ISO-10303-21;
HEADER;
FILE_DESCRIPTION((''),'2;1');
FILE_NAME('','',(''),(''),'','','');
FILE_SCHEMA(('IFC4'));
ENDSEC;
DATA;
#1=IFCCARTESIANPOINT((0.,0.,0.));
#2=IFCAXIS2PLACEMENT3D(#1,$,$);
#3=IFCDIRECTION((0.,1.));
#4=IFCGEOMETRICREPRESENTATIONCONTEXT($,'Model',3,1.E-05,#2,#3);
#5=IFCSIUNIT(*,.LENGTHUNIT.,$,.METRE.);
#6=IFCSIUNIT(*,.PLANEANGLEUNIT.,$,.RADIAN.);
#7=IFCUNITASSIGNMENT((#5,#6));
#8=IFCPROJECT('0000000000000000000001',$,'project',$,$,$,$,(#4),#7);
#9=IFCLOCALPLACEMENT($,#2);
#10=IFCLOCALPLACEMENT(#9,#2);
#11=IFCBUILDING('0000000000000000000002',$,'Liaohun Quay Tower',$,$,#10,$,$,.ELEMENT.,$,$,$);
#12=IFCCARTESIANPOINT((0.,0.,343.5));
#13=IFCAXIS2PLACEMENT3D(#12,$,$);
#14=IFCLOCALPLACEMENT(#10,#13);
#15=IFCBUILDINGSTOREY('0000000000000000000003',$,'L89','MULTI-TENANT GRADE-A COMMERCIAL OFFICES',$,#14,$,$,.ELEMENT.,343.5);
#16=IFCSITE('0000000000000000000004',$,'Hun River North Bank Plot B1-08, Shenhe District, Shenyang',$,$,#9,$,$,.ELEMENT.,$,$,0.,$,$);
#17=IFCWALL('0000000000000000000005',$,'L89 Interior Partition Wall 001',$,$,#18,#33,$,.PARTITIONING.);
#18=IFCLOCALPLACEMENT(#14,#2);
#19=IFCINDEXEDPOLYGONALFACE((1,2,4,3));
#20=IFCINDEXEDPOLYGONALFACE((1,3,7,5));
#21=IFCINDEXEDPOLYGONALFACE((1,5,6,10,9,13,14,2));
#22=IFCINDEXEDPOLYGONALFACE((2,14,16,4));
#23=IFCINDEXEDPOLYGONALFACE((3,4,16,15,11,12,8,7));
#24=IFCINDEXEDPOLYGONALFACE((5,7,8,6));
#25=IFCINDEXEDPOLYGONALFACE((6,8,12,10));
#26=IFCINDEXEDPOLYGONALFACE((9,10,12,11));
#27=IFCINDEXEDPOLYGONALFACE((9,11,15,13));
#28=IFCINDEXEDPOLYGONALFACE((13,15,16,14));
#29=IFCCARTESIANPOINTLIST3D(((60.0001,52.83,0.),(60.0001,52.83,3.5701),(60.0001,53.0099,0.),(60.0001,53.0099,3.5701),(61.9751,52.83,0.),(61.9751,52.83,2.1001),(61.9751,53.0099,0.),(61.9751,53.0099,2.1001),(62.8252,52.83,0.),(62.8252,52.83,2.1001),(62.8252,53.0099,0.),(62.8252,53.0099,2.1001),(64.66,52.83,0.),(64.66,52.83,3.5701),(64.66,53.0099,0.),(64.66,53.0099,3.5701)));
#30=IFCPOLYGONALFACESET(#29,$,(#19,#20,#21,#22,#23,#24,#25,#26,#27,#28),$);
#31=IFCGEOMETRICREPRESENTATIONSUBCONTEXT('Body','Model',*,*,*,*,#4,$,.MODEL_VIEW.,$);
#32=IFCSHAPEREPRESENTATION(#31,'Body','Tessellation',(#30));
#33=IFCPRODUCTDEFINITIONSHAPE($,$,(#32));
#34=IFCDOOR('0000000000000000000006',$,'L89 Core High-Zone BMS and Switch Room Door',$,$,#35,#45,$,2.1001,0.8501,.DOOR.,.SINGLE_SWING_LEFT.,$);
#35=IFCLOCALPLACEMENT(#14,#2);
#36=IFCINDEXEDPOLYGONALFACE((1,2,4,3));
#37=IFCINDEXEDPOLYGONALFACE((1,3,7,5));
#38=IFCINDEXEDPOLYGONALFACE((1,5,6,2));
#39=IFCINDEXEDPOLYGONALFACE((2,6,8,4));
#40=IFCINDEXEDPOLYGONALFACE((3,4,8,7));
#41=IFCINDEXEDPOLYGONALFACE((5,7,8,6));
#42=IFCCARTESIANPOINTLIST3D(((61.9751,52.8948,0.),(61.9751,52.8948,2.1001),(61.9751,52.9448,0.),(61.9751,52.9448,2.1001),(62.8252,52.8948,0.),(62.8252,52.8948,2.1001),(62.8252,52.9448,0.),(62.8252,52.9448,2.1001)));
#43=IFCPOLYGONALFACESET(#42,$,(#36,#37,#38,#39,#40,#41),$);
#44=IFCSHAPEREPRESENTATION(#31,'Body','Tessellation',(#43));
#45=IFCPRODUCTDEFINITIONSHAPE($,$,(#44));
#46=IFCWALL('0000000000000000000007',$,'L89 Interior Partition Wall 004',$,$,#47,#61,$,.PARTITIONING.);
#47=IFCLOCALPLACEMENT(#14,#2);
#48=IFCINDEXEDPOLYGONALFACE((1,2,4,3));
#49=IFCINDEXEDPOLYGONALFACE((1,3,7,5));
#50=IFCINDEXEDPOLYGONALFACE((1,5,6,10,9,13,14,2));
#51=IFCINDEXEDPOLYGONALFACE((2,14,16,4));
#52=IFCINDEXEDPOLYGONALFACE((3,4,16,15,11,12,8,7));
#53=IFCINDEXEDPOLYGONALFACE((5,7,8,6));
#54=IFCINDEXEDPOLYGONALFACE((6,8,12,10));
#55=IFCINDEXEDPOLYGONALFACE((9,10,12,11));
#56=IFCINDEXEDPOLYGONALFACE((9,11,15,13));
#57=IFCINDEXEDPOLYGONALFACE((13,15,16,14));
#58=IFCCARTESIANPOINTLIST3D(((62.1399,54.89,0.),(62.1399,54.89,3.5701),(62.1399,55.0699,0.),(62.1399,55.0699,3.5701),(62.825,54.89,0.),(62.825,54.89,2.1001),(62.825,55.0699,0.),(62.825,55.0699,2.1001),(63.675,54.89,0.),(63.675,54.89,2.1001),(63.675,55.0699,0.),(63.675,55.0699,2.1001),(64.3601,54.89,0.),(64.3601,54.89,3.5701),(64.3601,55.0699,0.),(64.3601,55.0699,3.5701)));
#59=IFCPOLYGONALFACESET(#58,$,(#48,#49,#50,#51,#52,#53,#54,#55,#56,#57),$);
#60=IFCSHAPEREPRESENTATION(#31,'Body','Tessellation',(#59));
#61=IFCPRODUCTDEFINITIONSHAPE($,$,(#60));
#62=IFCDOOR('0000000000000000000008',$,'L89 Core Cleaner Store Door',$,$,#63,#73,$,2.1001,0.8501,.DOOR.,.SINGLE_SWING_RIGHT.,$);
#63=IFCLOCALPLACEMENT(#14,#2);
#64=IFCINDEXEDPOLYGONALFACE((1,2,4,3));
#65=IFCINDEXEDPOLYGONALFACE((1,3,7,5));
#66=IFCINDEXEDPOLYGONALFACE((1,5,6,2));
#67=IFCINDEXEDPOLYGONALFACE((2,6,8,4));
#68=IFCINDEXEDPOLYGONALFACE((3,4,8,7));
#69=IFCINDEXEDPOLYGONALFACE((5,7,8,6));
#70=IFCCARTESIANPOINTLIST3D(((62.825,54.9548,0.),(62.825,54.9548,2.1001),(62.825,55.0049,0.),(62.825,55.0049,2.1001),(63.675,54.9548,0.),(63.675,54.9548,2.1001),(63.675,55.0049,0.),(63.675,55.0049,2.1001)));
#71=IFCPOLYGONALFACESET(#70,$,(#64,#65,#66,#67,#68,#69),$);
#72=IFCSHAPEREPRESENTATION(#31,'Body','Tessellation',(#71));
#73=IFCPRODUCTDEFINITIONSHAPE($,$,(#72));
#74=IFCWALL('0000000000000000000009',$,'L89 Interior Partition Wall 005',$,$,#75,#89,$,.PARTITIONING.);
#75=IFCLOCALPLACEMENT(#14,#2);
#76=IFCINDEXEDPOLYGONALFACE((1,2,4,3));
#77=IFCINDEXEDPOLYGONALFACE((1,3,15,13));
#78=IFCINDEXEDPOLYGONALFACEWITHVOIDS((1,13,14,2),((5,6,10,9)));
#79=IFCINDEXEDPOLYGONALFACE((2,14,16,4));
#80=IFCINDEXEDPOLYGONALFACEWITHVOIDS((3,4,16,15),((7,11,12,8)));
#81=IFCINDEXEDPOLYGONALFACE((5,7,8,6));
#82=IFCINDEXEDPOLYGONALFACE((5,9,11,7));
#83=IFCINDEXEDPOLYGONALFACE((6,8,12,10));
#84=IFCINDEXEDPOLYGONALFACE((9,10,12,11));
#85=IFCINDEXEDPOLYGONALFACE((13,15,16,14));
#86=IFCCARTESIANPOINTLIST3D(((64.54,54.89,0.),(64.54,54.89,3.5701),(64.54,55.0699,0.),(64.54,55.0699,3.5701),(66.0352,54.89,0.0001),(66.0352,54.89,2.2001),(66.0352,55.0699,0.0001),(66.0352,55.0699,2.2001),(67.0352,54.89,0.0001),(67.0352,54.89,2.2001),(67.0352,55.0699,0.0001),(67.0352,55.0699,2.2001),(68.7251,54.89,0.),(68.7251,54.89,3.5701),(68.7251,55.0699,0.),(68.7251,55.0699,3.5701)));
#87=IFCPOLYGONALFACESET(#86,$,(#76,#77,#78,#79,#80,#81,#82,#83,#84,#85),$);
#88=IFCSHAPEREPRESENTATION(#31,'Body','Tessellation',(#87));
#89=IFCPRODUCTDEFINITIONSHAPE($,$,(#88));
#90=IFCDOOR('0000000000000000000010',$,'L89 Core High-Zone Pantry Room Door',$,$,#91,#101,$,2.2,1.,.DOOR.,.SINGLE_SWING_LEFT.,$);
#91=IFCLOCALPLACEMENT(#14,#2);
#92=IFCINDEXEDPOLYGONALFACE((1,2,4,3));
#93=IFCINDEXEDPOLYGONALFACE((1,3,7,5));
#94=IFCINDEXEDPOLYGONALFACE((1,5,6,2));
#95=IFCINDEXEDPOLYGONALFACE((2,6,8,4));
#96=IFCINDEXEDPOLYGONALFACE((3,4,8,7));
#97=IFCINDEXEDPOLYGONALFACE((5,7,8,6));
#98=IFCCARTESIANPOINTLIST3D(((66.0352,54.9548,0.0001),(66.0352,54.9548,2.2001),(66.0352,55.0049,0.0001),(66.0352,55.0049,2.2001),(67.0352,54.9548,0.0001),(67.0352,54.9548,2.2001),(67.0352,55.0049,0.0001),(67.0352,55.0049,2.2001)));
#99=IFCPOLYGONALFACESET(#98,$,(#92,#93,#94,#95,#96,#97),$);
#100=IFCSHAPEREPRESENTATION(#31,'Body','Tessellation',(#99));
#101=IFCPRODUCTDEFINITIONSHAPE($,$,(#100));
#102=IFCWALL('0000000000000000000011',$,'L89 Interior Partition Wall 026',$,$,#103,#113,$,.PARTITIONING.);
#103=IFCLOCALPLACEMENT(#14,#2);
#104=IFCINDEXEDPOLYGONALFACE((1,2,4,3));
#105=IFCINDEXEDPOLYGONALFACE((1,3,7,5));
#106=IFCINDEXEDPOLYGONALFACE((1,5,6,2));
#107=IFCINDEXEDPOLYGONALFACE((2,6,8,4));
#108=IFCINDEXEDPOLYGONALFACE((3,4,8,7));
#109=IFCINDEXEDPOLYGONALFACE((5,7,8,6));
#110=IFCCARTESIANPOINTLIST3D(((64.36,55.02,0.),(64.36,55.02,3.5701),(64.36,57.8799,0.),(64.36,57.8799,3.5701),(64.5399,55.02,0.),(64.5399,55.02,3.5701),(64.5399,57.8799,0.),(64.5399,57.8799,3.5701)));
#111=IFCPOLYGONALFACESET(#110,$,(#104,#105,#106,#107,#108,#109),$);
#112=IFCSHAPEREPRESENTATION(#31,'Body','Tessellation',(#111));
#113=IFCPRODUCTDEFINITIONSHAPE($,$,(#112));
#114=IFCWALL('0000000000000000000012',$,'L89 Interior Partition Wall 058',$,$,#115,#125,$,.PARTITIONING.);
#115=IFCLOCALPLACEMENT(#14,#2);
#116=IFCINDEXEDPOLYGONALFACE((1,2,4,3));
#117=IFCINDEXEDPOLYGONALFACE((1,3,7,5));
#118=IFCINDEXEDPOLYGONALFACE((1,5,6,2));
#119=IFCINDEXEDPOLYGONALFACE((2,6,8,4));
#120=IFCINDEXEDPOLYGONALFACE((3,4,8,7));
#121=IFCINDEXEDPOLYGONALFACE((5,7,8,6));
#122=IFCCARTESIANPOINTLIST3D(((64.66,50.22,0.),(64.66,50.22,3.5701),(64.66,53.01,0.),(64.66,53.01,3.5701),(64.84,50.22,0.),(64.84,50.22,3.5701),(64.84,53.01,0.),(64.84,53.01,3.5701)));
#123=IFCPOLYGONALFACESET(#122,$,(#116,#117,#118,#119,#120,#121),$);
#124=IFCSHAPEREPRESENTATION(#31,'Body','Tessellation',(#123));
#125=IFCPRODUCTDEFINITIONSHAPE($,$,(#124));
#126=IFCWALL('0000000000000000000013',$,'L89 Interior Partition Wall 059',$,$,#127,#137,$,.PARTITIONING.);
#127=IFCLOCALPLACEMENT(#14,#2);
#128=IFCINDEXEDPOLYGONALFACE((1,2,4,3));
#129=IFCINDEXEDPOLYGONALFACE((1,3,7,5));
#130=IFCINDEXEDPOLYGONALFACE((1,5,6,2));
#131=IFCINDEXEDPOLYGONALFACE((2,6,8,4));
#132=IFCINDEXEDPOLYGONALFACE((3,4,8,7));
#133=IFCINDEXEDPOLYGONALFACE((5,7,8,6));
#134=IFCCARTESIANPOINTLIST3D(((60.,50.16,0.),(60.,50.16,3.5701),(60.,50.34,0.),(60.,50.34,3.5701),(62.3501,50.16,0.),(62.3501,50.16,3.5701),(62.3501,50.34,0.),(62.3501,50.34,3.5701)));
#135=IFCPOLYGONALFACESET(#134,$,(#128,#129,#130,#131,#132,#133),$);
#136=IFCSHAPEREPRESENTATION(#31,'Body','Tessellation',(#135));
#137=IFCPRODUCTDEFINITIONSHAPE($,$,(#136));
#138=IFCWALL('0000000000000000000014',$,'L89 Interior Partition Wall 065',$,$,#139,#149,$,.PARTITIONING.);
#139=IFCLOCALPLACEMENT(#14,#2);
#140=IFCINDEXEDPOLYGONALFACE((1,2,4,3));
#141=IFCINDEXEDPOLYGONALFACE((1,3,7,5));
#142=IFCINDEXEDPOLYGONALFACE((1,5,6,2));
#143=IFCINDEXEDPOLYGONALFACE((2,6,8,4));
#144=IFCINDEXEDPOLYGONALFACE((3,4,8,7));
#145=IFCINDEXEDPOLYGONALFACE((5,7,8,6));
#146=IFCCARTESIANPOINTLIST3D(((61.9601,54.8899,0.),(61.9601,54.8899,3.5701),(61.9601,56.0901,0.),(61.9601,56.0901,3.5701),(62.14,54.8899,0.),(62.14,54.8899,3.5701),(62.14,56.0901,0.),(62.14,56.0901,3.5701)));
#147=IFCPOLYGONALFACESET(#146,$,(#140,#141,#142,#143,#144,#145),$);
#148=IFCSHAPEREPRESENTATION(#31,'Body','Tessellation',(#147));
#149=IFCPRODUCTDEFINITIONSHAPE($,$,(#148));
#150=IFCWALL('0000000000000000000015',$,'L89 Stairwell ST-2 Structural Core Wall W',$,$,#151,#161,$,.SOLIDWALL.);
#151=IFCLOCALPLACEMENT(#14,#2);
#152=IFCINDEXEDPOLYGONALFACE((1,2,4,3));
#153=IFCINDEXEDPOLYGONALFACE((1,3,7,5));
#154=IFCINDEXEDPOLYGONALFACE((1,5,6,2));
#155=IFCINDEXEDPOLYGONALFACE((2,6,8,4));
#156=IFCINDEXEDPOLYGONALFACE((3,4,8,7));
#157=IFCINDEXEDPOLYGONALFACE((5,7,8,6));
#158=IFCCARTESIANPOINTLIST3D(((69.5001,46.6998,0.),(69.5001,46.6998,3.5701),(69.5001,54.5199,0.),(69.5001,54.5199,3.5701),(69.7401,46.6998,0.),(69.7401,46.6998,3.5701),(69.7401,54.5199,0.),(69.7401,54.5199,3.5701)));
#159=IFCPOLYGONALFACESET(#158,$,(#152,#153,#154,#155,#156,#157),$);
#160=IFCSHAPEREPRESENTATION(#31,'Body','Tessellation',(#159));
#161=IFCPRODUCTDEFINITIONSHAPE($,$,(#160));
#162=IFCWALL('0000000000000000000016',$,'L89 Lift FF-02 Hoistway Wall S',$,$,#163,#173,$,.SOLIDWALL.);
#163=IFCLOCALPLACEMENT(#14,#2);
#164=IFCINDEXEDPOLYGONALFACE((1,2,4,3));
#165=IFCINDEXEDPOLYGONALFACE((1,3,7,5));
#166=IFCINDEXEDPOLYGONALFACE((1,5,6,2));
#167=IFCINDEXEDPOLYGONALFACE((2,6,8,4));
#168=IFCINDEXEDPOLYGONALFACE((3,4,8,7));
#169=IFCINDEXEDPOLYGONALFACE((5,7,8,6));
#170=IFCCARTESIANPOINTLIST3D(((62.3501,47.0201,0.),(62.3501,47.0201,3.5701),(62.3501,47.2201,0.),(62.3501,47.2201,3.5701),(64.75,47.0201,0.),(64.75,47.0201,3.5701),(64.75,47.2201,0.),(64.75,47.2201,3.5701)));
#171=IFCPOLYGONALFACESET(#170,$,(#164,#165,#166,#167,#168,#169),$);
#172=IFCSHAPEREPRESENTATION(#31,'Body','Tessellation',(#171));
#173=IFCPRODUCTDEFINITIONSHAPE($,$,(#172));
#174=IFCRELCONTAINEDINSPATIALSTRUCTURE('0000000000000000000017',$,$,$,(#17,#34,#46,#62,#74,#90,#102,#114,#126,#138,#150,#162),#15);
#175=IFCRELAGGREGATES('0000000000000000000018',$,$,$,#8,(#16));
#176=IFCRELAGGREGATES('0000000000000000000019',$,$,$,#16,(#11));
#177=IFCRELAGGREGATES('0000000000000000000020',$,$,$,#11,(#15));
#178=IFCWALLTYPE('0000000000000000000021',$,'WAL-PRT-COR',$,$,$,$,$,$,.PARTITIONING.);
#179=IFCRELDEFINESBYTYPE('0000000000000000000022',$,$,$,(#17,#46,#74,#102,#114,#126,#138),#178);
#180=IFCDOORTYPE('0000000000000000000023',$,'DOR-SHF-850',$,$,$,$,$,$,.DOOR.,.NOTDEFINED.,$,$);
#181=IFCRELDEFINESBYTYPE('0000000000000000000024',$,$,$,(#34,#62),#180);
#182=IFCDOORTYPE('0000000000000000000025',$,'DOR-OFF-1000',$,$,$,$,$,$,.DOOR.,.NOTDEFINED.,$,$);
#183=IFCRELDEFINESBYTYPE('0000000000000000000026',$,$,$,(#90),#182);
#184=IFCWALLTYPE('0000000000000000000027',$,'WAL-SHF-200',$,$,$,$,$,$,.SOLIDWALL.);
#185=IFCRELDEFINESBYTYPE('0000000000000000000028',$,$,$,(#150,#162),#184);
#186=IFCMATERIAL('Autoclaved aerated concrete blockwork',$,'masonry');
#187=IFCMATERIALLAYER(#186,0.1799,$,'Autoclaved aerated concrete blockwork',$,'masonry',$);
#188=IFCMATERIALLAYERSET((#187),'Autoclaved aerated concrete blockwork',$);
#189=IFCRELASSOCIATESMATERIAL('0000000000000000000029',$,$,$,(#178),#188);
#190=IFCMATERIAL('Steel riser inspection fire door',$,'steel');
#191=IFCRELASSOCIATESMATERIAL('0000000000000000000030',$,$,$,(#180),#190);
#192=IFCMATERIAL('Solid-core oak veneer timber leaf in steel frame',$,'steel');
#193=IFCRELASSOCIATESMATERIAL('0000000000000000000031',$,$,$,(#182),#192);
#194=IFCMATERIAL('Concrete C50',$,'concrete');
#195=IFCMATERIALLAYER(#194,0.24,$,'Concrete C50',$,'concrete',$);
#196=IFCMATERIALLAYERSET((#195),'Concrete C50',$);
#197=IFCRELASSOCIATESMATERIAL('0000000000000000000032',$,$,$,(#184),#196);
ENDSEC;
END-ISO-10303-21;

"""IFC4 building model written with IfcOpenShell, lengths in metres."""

from ifc_helpers import new_model, si_unit, direction, frame, frame_2d, origin, place, context, subcontext, project, spatial, rectangle, extrude, source, transform, mapped, material, layer, layer_set, type_object, element, fill, save


model = new_model("IFC4")

# Units and contexts
model_context = context("Model", 3, precision=1e-05, world=origin(), true_north=direction((0.0, 1.0)))
body_context = subcontext(model_context, "Body", "Model", "MODEL_VIEW")
ifc_project = project(units=[si_unit("LENGTHUNIT", "METRE"), si_unit("PLANEANGLEUNIT", "RADIAN")], contexts=[model_context])

# Site, building, storey
site_placement = place(None, origin())
site = spatial("IfcSite", under=ifc_project, at=site_placement, Name="Hun River North Bank Plot B1-08, Shenhe District, Shenyang", CompositionType="ELEMENT", RefElevation=0.0)
building_placement = place(site_placement, origin())
building = spatial("IfcBuilding", under=site, at=building_placement, Name="Liaohun Quay Tower", CompositionType="ELEMENT")
storey_placement = place(building_placement, frame((0.0, 0.0, 343.5)))
storey = spatial("IfcBuildingStorey", under=building, at=storey_placement, Name="L89", Description="MULTI-TENANT GRADE-A COMMERCIAL OFFICES", CompositionType="ELEMENT", Elevation=343.5)

# Walls, openings, doors
ifc_material_1 = material(Name="Autoclaved aerated concrete blockwork", Category="masonry")
ifc_layer_1 = layer(ifc_material_1, 0.1799, Name="Autoclaved aerated concrete blockwork", Category="masonry")
ifc_layer_set_1 = layer_set([ifc_layer_1], Name="Autoclaved aerated concrete blockwork")
wall_type_1 = type_object("IfcWallType", Name="WAL-PRT-COR", PredefinedType="PARTITIONING", material=ifc_layer_set_1)
wall_1_placement = place(storey_placement, frame((60.0, 52.9199, 0.0), z_axis=(0.0, 0.0, 1.0), x_axis=(1.0, 0.0, 0.0)))
wall_1 = element("IfcWall", 1, at=wall_1_placement, inside=storey, type_object=wall_type_1, Name="L89 Interior Partition Wall 001", PredefinedType="PARTITIONING", context=body_context, shape_type="SweptSolid", body=[
    extrude(rectangle(XDim=4.6599, YDim=0.1799, at=frame_2d((2.3301, 0.0))), origin(), (0.0, 0.0, 1.0), 3.5701),
])
shared_shape_1 = source(origin(), body_context, "Body", "SweptSolid", [
    extrude(rectangle(XDim=0.8501, YDim=2.1001, at=frame_2d((0.425, 1.05))), frame((0.0, 0.0999, 0.0), z_axis=(0.0, -1.0, 0.0), x_axis=(1.0, 0.0, 0.0)), (0.0, 0.0, 1.0), 0.2),
])
opening_1_placement = place(wall_1_placement, frame((1.9751, 0.0, 0.0)))
opening_1 = element("IfcOpeningElement", 2, at=opening_1_placement, cuts=wall_1, PredefinedType="OPENING", context=body_context, shape_type="MappedRepresentation", body=[
    mapped(shared_shape_1, transform((0.0, 0.0, 0.0), x_axis=(1.0, 0.0, 0.0), y_axis=(0.0, 1.0, 0.0), z_axis=(0.0, 0.0, 1.0), scale=1.0)),
])
ifc_material_2 = material(Name="Steel riser inspection fire door", Category="steel")
door_type_1 = type_object("IfcDoorType", Name="DOR-SHF-850", OperationType="NOTDEFINED", PredefinedType="DOOR", material=ifc_material_2)
shared_shape_2 = source(origin(), body_context, "Body", "SweptSolid", [
    extrude(rectangle(XDim=0.8501, YDim=2.1001, at=frame_2d((0.425, 1.05))), frame((0.0, 0.0249, 0.0), z_axis=(0.0, -1.0, 0.0), x_axis=(1.0, 0.0, 0.0)), (0.0, 0.0, 1.0), 0.05),
])
door_1_placement = place(opening_1_placement, origin())
door_1 = element("IfcDoor", 3, at=door_1_placement, inside=storey, type_object=door_type_1, Name="L89 Core High-Zone BMS and Switch Room Door", OperationType="SINGLE_SWING_LEFT", OverallHeight=2.1001, OverallWidth=0.8501, PredefinedType="DOOR", context=body_context, shape_type="MappedRepresentation", body=[
    mapped(shared_shape_2, transform((0.0, 0.0, 0.0), x_axis=(1.0, 0.0, 0.0), y_axis=(0.0, 1.0, 0.0), z_axis=(0.0, 0.0, 1.0), scale=1.0)),
])
fill(opening_1, door_1)
wall_2_placement = place(storey_placement, frame((62.1399, 54.98, 0.0), z_axis=(0.0, 0.0, 1.0), x_axis=(1.0, 0.0, 0.0)))
wall_2 = element("IfcWall", 4, at=wall_2_placement, inside=storey, type_object=wall_type_1, Name="L89 Interior Partition Wall 004", PredefinedType="PARTITIONING", context=body_context, shape_type="SweptSolid", body=[
    extrude(rectangle(XDim=2.2202, YDim=0.1799, at=frame_2d((1.1101, 0.0))), origin(), (0.0, 0.0, 1.0), 3.5701),
])
opening_2_placement = place(wall_2_placement, frame((0.6851, 0.0, 0.0)))
opening_2 = element("IfcOpeningElement", 5, at=opening_2_placement, cuts=wall_2, PredefinedType="OPENING", context=body_context, shape_type="MappedRepresentation", body=[
    mapped(shared_shape_1, transform((0.0, 0.0, 0.0), x_axis=(1.0, 0.0, 0.0), y_axis=(0.0, 1.0, 0.0), z_axis=(0.0, 0.0, 1.0), scale=1.0)),
])
door_2_placement = place(opening_2_placement, origin())
door_2 = element("IfcDoor", 6, at=door_2_placement, inside=storey, type_object=door_type_1, Name="L89 Core Cleaner Store Door", OperationType="SINGLE_SWING_RIGHT", OverallHeight=2.1001, OverallWidth=0.8501, PredefinedType="DOOR", context=body_context, shape_type="MappedRepresentation", body=[
    mapped(shared_shape_2, transform((0.0, 0.0, 0.0), x_axis=(1.0, 0.0, 0.0), y_axis=(0.0, 1.0, 0.0), z_axis=(0.0, 0.0, 1.0), scale=1.0)),
])
fill(opening_2, door_2)
wall_3_placement = place(storey_placement, frame((64.54, 54.98, 0.0), z_axis=(0.0, 0.0, 1.0), x_axis=(1.0, 0.0, 0.0)))
wall_3 = element("IfcWall", 7, at=wall_3_placement, inside=storey, type_object=wall_type_1, Name="L89 Interior Partition Wall 005", PredefinedType="PARTITIONING", context=body_context, shape_type="SweptSolid", body=[
    extrude(rectangle(XDim=4.1851, YDim=0.1799, at=frame_2d((2.0925, 0.0))), origin(), (0.0, 0.0, 1.0), 3.5701),
])
shared_shape_3 = source(origin(), body_context, "Body", "SweptSolid", [
    extrude(rectangle(XDim=1.0, YDim=2.2, at=frame_2d((0.5, 1.1001))), frame((0.0, 0.0999, 0.0), z_axis=(0.0, -1.0, 0.0), x_axis=(1.0, 0.0, 0.0)), (0.0, 0.0, 1.0), 0.2),
])
opening_3_placement = place(wall_3_placement, frame((1.4951, 0.0, 0.0)))
opening_3 = element("IfcOpeningElement", 8, at=opening_3_placement, cuts=wall_3, PredefinedType="OPENING", context=body_context, shape_type="MappedRepresentation", body=[
    mapped(shared_shape_3, transform((0.0, 0.0, 0.0), x_axis=(1.0, 0.0, 0.0), y_axis=(0.0, 1.0, 0.0), z_axis=(0.0, 0.0, 1.0), scale=1.0)),
])
ifc_material_3 = material(Name="Solid-core oak veneer timber leaf in steel frame", Category="steel")
door_type_2 = type_object("IfcDoorType", Name="DOR-OFF-1000", OperationType="NOTDEFINED", PredefinedType="DOOR", material=ifc_material_3)
shared_shape_4 = source(origin(), body_context, "Body", "SweptSolid", [
    extrude(rectangle(XDim=1.0, YDim=2.2, at=frame_2d((0.5, 1.1001))), frame((0.0, 0.0249, 0.0), z_axis=(0.0, -1.0, 0.0), x_axis=(1.0, 0.0, 0.0)), (0.0, 0.0, 1.0), 0.05),
])
door_3_placement = place(opening_3_placement, origin())
door_3 = element("IfcDoor", 9, at=door_3_placement, inside=storey, type_object=door_type_2, Name="L89 Core High-Zone Pantry Room Door", OperationType="SINGLE_SWING_LEFT", OverallHeight=2.2, OverallWidth=1.0, PredefinedType="DOOR", context=body_context, shape_type="MappedRepresentation", body=[
    mapped(shared_shape_4, transform((0.0, 0.0, 0.0), x_axis=(1.0, 0.0, 0.0), y_axis=(0.0, 1.0, 0.0), z_axis=(0.0, 0.0, 1.0), scale=1.0)),
])
fill(opening_3, door_3)

# Walls
wall_4_placement = place(storey_placement, frame((64.45, 55.02, 0.0), z_axis=(0.0, 0.0, 1.0), x_axis=(0.0, 1.0, 0.0)))
element("IfcWall", 10, at=wall_4_placement, inside=storey, type_object=wall_type_1, Name="L89 Interior Partition Wall 026", PredefinedType="PARTITIONING", context=body_context, shape_type="SweptSolid", body=[
    extrude(rectangle(XDim=2.8599, YDim=0.1799, at=frame_2d((1.4299, 0.0))), origin(), (0.0, 0.0, 1.0), 3.5701),
])
wall_5_placement = place(storey_placement, frame((64.75, 50.22, 0.0), z_axis=(0.0, 0.0, 1.0), x_axis=(0.0, 1.0, 0.0)))
element("IfcWall", 11, at=wall_5_placement, inside=storey, type_object=wall_type_1, Name="L89 Interior Partition Wall 058", PredefinedType="PARTITIONING", context=body_context, shape_type="SweptSolid", body=[
    extrude(rectangle(XDim=2.79, YDim=0.1799, at=frame_2d((1.395, 0.0))), origin(), (0.0, 0.0, 1.0), 3.5701),
])
wall_6_placement = place(storey_placement, frame((60.0, 50.25, 0.0), z_axis=(0.0, 0.0, 1.0), x_axis=(1.0, 0.0, 0.0)))
element("IfcWall", 12, at=wall_6_placement, inside=storey, type_object=wall_type_1, Name="L89 Interior Partition Wall 059", PredefinedType="PARTITIONING", context=body_context, shape_type="SweptSolid", body=[
    extrude(rectangle(XDim=2.3501, YDim=0.1799, at=frame_2d((1.175, 0.0))), origin(), (0.0, 0.0, 1.0), 3.5701),
])
wall_7_placement = place(storey_placement, frame((62.05, 54.8899, 0.0), z_axis=(0.0, 0.0, 1.0), x_axis=(0.0, 1.0, 0.0)))
element("IfcWall", 13, at=wall_7_placement, inside=storey, type_object=wall_type_1, Name="L89 Interior Partition Wall 065", PredefinedType="PARTITIONING", context=body_context, shape_type="SweptSolid", body=[
    extrude(rectangle(XDim=1.2002, YDim=0.1799, at=frame_2d((0.6001, 0.0))), origin(), (0.0, 0.0, 1.0), 3.5701),
])
ifc_material_4 = material(Name="Concrete C50", Category="concrete")
ifc_layer_2 = layer(ifc_material_4, 0.24, Name="Concrete C50", Category="concrete")
ifc_layer_set_2 = layer_set([ifc_layer_2], Name="Concrete C50")
wall_type_2 = type_object("IfcWallType", Name="WAL-SHF-200", PredefinedType="SOLIDWALL", material=ifc_layer_set_2)
wall_8_placement = place(storey_placement, frame((69.6201, 54.52, 0.0), z_axis=(0.0, 0.0, 1.0), x_axis=(0.0, -1.0, 0.0)))
element("IfcWall", 14, at=wall_8_placement, inside=storey, type_object=wall_type_2, Name="L89 Stairwell ST-2 Structural Core Wall W", PredefinedType="SOLIDWALL", context=body_context, shape_type="SweptSolid", body=[
    extrude(rectangle(XDim=7.8201, YDim=0.24, at=frame_2d((3.9102, 0.0))), origin(), (0.0, 0.0, 1.0), 3.5701),
])
wall_9_placement = place(storey_placement, frame((62.3501, 47.1201, 0.0), z_axis=(0.0, 0.0, 1.0), x_axis=(1.0, 0.0, 0.0)))
element("IfcWall", 15, at=wall_9_placement, inside=storey, type_object=wall_type_2, Name="L89 Lift FF-02 Hoistway Wall S", PredefinedType="SOLIDWALL", context=body_context, shape_type="SweptSolid", body=[
    extrude(rectangle(XDim=2.3999, YDim=0.2, at=frame_2d((1.2, 0.0))), origin(), (0.0, 0.0, 1.0), 3.5701),
])

save(model, "model.ifc")
